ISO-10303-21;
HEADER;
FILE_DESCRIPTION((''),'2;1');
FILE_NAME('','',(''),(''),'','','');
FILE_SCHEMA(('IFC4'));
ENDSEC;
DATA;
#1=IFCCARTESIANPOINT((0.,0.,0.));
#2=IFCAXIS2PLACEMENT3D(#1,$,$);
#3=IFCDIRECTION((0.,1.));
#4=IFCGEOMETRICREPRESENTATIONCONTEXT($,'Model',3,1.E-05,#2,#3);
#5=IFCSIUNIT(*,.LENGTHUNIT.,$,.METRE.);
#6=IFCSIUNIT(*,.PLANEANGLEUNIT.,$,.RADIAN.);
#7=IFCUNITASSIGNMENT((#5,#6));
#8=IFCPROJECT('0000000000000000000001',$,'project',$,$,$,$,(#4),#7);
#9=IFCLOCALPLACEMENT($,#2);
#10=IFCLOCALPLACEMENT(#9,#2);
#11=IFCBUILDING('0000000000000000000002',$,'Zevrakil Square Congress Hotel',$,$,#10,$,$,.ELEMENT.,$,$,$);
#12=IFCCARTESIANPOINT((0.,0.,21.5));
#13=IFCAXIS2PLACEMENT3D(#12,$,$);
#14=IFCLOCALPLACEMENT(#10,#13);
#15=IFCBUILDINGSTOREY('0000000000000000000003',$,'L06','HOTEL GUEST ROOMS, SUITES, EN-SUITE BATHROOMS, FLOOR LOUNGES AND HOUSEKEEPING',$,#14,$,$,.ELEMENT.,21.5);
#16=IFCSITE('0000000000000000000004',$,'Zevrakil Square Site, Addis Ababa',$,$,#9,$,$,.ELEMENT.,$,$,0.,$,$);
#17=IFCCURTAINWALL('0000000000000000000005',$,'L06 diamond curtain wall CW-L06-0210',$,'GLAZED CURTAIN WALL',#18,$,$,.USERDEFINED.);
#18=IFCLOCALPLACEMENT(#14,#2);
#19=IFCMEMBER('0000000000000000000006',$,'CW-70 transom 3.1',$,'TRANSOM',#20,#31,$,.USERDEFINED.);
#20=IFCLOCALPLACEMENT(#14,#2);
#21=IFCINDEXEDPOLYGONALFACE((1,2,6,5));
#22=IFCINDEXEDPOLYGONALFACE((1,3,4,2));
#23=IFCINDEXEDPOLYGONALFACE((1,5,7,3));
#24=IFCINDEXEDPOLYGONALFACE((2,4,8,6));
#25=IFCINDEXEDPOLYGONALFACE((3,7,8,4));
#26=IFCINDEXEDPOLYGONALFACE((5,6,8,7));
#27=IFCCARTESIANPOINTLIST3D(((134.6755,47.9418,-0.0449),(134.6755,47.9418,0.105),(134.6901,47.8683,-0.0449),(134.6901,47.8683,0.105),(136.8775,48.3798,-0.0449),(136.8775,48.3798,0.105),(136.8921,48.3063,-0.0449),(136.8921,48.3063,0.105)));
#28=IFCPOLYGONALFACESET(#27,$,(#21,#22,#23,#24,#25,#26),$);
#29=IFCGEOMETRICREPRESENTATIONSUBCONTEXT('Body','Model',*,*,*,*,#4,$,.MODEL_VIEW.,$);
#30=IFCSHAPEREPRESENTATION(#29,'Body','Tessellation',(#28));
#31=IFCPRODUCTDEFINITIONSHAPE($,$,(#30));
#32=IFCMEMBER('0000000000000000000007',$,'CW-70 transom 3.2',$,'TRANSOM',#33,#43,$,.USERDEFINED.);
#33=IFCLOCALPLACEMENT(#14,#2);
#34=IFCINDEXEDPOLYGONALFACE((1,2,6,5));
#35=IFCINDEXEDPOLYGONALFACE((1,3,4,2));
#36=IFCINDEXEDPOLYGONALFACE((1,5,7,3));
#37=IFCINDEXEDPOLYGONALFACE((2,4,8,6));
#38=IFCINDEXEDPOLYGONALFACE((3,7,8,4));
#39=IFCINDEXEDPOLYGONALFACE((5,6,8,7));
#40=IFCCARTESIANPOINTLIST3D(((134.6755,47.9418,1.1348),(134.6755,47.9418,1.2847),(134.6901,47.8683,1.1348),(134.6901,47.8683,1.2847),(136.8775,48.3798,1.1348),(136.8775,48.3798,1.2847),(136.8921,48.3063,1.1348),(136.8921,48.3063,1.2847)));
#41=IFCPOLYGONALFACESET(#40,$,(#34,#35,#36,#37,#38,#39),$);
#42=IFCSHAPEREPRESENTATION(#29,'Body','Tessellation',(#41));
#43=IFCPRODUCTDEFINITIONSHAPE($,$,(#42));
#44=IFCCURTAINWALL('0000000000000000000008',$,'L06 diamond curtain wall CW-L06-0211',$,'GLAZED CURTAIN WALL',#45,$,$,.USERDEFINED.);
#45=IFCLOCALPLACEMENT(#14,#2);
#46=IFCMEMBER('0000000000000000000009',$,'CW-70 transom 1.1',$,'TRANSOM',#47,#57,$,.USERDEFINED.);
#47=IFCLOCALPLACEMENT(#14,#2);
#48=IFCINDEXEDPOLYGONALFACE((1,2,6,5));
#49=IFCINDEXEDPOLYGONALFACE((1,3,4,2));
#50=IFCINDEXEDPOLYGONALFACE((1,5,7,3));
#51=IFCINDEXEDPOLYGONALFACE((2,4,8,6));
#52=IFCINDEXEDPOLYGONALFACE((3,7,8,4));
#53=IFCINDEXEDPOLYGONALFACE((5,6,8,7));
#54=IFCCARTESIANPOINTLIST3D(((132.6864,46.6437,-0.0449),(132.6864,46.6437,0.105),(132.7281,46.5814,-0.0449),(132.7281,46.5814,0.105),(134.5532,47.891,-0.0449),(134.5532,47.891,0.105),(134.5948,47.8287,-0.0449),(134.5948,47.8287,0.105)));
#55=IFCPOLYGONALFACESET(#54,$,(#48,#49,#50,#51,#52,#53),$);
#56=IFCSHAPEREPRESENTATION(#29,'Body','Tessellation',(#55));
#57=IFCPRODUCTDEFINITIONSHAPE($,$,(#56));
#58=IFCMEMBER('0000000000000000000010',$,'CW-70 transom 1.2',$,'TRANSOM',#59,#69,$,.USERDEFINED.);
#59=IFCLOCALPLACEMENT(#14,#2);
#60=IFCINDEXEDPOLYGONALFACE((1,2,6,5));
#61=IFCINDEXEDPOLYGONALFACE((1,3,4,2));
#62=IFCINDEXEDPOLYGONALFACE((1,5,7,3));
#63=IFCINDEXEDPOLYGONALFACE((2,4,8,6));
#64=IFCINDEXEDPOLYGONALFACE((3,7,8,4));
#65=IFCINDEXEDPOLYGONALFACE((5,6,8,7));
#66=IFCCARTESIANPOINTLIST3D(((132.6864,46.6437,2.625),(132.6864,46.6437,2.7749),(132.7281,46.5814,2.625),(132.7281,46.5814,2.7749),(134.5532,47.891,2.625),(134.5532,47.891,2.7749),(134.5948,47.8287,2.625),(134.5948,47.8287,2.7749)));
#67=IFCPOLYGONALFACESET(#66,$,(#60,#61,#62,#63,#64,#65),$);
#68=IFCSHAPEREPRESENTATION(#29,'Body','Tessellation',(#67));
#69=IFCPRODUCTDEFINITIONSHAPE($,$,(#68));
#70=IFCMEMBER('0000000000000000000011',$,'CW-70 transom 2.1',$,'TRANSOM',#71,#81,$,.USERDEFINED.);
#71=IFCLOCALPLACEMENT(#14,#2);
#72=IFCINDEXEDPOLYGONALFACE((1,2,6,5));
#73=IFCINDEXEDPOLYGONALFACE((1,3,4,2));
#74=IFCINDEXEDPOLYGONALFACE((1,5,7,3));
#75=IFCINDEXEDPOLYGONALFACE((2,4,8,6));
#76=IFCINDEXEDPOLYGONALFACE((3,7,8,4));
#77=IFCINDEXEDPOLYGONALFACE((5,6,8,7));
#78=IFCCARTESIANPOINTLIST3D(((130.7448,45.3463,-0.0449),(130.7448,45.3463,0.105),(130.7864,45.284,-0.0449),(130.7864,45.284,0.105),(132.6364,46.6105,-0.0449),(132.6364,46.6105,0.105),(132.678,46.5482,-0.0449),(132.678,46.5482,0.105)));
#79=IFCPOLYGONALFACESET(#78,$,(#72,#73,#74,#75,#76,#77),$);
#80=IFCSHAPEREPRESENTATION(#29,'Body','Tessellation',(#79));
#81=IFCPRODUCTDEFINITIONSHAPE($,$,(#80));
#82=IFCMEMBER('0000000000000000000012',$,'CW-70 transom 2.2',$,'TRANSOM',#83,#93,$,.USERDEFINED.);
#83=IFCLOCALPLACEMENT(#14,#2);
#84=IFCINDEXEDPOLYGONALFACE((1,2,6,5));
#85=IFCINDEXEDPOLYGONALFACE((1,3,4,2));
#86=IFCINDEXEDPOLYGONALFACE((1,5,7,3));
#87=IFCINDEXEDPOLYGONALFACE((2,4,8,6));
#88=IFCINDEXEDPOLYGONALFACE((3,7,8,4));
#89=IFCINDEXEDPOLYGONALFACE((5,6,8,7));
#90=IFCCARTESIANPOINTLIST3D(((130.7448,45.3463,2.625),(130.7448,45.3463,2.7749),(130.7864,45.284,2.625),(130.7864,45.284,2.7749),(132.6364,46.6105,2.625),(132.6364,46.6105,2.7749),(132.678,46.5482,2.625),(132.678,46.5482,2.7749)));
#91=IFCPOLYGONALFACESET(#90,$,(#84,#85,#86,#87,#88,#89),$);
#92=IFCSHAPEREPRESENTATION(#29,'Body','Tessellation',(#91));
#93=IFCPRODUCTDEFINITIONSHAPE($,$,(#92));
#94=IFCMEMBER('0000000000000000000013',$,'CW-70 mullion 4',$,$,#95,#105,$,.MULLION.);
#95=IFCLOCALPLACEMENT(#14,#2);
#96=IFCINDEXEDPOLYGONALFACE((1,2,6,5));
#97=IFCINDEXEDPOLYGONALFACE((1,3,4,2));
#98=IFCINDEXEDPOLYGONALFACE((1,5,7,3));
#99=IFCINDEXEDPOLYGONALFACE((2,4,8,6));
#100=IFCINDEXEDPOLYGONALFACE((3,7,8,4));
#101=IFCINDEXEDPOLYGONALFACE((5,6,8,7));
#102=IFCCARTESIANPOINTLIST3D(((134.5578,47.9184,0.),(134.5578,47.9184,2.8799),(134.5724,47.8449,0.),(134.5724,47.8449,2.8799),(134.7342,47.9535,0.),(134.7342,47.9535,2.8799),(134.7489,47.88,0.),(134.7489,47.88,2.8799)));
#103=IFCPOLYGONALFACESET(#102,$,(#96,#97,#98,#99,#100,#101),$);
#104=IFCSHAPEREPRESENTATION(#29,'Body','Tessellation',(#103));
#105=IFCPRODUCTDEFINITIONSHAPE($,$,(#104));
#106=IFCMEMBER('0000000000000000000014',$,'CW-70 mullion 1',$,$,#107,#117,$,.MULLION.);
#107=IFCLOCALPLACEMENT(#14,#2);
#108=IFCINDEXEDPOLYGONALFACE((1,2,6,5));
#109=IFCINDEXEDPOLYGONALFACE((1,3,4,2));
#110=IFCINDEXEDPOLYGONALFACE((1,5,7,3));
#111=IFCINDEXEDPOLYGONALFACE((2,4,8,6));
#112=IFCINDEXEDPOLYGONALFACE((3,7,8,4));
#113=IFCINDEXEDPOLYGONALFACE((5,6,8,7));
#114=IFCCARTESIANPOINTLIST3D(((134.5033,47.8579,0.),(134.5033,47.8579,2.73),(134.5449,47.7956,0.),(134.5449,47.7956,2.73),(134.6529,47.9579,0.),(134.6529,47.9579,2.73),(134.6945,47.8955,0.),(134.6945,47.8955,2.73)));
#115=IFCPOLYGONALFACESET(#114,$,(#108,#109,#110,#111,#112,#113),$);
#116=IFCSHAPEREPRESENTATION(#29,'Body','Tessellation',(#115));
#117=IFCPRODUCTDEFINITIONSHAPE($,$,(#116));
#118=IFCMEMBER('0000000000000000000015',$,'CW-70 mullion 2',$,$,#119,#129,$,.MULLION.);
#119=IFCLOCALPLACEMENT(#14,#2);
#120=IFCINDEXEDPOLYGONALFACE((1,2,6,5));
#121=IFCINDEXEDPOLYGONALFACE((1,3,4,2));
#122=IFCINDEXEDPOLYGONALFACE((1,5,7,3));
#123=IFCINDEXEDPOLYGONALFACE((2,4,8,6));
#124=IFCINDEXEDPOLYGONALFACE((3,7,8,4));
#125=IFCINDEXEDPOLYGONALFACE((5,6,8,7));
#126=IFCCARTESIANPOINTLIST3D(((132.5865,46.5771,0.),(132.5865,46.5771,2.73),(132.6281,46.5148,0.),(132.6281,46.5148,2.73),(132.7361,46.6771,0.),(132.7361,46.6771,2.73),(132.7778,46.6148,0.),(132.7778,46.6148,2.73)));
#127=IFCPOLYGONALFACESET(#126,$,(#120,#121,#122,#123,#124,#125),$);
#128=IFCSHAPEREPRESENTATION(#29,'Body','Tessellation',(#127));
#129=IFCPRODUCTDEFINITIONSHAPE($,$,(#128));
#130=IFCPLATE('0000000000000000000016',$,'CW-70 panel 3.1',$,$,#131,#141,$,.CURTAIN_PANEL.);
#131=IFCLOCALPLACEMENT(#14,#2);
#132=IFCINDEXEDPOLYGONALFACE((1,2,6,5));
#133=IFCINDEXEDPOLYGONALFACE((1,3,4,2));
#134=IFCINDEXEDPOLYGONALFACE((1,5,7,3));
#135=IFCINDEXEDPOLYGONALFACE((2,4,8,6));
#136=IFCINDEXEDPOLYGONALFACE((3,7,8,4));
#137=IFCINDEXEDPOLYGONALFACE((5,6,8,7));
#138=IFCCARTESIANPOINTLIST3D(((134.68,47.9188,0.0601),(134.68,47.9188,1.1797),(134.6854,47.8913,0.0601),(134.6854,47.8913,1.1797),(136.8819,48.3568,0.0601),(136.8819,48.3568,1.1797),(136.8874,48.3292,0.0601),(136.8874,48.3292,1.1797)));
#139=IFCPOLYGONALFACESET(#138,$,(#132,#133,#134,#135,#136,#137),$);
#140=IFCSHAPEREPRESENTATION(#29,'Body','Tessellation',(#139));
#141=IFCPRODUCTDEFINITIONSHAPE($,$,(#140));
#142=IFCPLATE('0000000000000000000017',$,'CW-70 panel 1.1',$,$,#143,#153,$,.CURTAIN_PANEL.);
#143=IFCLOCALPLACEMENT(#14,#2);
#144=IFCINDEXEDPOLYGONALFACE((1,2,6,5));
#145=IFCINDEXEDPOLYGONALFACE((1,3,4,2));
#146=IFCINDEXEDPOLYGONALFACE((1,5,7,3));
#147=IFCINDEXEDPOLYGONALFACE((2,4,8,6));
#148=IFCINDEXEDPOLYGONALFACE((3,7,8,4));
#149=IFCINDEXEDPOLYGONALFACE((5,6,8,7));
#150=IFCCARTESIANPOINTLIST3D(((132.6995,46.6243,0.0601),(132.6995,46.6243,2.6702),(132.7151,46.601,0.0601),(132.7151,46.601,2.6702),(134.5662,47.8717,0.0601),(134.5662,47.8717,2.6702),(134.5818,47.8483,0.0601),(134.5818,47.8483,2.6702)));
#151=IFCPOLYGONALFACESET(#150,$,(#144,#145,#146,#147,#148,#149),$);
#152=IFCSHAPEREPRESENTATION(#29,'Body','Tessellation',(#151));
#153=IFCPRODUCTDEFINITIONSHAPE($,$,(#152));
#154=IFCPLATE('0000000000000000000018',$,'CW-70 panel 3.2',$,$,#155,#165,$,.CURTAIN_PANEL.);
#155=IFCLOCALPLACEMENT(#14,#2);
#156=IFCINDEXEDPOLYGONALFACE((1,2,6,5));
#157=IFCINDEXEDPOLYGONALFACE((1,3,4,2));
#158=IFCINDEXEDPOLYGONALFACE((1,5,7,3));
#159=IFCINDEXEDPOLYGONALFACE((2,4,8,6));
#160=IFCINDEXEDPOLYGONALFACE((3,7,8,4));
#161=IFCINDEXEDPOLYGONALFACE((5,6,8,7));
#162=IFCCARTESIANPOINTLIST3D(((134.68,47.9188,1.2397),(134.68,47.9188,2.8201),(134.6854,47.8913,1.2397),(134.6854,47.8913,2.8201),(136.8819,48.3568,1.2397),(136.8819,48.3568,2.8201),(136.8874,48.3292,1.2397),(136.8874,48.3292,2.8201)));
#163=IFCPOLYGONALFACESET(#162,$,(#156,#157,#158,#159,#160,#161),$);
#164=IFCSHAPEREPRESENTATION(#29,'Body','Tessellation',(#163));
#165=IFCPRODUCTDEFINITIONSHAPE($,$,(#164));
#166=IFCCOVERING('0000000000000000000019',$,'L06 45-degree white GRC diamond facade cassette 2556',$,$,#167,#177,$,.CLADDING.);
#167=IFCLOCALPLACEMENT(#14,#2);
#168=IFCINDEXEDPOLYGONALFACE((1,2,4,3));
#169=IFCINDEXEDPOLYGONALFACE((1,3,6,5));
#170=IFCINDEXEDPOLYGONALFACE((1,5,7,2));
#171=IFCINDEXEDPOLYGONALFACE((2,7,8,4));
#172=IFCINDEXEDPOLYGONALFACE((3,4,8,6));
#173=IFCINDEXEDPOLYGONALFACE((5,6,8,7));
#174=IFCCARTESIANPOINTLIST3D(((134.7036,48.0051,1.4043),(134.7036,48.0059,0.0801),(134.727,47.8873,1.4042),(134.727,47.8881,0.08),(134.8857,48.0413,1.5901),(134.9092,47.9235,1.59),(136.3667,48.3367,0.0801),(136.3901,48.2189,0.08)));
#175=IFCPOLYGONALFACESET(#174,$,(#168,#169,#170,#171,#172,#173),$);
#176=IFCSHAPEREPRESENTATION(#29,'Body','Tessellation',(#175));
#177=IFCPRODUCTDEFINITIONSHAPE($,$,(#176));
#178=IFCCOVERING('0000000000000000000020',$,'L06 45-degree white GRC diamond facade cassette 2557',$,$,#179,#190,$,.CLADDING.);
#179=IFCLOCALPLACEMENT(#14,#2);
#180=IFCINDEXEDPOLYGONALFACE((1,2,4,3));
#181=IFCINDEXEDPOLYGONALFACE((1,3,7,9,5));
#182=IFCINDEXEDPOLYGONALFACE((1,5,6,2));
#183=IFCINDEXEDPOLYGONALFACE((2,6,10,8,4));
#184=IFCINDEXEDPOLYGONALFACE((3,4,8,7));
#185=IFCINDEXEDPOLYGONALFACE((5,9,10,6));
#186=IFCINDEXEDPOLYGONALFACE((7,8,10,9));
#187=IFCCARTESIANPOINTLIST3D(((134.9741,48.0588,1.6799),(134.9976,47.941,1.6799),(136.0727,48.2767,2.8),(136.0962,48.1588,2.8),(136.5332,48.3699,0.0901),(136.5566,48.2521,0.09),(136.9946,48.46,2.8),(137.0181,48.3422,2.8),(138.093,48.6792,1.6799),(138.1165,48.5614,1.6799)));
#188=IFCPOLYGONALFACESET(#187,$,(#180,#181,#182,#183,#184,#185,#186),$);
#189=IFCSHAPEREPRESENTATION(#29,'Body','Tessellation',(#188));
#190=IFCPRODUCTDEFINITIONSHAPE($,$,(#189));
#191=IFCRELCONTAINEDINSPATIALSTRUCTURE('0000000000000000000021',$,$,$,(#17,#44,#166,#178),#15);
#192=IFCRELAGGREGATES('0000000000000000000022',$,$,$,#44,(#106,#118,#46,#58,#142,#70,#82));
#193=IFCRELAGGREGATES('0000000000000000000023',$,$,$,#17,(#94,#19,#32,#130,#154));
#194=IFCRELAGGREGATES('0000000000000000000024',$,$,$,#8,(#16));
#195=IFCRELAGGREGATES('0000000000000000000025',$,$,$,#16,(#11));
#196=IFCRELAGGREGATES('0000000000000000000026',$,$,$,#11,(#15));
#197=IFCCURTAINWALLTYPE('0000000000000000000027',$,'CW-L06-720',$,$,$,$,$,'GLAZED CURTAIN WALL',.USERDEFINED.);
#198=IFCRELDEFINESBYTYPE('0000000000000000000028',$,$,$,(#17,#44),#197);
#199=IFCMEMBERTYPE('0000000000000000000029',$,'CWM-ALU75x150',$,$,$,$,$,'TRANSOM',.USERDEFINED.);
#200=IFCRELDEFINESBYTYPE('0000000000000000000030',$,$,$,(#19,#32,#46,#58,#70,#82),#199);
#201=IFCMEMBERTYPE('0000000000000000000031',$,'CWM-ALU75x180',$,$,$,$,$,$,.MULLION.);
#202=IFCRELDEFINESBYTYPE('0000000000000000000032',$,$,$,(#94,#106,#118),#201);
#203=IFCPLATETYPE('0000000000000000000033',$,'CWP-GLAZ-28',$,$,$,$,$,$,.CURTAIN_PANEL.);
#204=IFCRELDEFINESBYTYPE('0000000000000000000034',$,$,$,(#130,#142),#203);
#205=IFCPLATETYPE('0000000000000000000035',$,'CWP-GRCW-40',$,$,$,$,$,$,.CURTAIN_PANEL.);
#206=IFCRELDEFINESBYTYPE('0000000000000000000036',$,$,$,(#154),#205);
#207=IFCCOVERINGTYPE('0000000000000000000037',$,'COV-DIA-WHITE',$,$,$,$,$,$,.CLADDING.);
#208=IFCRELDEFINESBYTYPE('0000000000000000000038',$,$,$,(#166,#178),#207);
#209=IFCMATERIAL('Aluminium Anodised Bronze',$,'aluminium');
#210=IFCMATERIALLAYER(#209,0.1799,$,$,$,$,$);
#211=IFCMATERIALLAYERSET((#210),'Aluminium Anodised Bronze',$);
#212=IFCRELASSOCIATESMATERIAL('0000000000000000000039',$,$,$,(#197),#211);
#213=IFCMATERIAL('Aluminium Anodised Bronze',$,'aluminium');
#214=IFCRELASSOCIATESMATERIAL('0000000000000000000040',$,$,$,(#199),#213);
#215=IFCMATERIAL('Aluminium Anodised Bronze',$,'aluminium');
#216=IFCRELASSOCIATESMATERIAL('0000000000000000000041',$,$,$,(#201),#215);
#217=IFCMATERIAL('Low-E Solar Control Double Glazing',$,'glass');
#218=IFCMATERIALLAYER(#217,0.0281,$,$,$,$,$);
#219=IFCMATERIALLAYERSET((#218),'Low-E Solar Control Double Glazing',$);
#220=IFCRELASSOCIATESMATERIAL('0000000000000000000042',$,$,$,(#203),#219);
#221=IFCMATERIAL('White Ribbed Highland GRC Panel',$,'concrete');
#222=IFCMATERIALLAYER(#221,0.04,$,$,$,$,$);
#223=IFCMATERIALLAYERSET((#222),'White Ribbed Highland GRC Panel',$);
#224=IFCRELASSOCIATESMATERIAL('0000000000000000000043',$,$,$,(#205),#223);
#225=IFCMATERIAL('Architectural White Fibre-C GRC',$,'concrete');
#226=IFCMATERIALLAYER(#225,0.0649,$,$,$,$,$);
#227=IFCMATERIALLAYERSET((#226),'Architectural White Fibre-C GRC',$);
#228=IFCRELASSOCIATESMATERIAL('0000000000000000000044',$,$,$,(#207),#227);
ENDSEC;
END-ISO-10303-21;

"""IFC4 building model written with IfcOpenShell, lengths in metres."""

from ifc_helpers import new_model, si_unit, direction, frame, origin, origin_2d, place, context, subcontext, project, spatial, polyline, rectangle, outline, extrude, material, layer, layer_set, material_profile, profile_set, type_object, element, aggregate, save


model = new_model("IFC4")

# Units and contexts
model_context = context("Model", 3, precision=1e-05, world=origin(), true_north=direction((0.0, 1.0)))
body_context = subcontext(model_context, "Body", "Model", "MODEL_VIEW")
ifc_project = project(units=[si_unit("LENGTHUNIT", "METRE"), si_unit("PLANEANGLEUNIT", "RADIAN")], contexts=[model_context])

# Site, building, storey
site_placement = place(None, origin())
site = spatial("IfcSite", under=ifc_project, at=site_placement, Name="Zevrakil Square Site, Addis Ababa", CompositionType="ELEMENT", RefElevation=0.0)
building_placement = place(site_placement, origin())
building = spatial("IfcBuilding", under=site, at=building_placement, Name="Zevrakil Square Congress Hotel", CompositionType="ELEMENT")
storey_placement = place(building_placement, frame((0.0, 0.0, 21.5)))
storey = spatial("IfcBuildingStorey", under=building, at=storey_placement, Name="L06", Description="HOTEL GUEST ROOMS, SUITES, EN-SUITE BATHROOMS, FLOOR LOUNGES AND HOUSEKEEPING", CompositionType="ELEMENT", Elevation=21.5)

# Curtain walls, members
ifc_material_1 = material(Name="Aluminium Anodised Bronze", Category="aluminium")
ifc_layer_1 = layer(ifc_material_1, 0.1799)
ifc_layer_set_1 = layer_set([ifc_layer_1], Name="Aluminium Anodised Bronze")
curtain_wall_type = type_object("IfcCurtainWallType", Name="CW-L06-720", ElementType="GLAZED CURTAIN WALL", PredefinedType="USERDEFINED", material=ifc_layer_set_1)
curtain_wall_1_placement = place(storey_placement, origin())
curtain_wall_1 = element("IfcCurtainWall", 1, at=curtain_wall_1_placement, inside=storey, type_object=curtain_wall_type, Name="L06 diamond curtain wall CW-L06-0210", ObjectType="GLAZED CURTAIN WALL", PredefinedType="USERDEFINED")
ifc_material_2 = material(Name="Aluminium Anodised Bronze", Category="aluminium")
ifc_material_profile_1 = material_profile(ifc_material_2, rectangle(XDim=0.075, YDim=0.1499, at=origin_2d()), Name="ALU 75x150")
ifc_profile_set_1 = profile_set([ifc_material_profile_1], Name="Aluminium Anodised Bronze")
member_type_1 = type_object("IfcMemberType", Name="CWM-ALU75x150", ElementType="TRANSOM", PredefinedType="USERDEFINED", material=ifc_profile_set_1)
member_1_placement = place(storey_placement, frame((136.8848, 48.343, 0.03), z_axis=(-0.980785, -0.195091, 0.0), x_axis=(0.195091, -0.980785, 0.0)))
member_1 = element("IfcMember", 2, at=member_1_placement, type_object=member_type_1, Name="CW-70 transom 3.1", ObjectType="TRANSOM", PredefinedType="USERDEFINED", context=body_context, shape_type="SweptSolid", body=[
    extrude(rectangle(XDim=0.075, YDim=0.1499, at=origin_2d()), origin(), (0.0, 0.0, 1.0), 2.2451),
])
member_2_placement = place(storey_placement, frame((136.8848, 48.343, 1.2097), z_axis=(-0.980785, -0.195091, 0.0), x_axis=(0.195091, -0.980785, 0.0)))
member_2 = element("IfcMember", 3, at=member_2_placement, type_object=member_type_1, Name="CW-70 transom 3.2", ObjectType="TRANSOM", PredefinedType="USERDEFINED", context=body_context, shape_type="SweptSolid", body=[
    extrude(rectangle(XDim=0.075, YDim=0.1499, at=origin_2d()), origin(), (0.0, 0.0, 1.0), 2.2451),
])
curtain_wall_2_placement = place(storey_placement, origin())
curtain_wall_2 = element("IfcCurtainWall", 4, at=curtain_wall_2_placement, inside=storey, type_object=curtain_wall_type, Name="L06 diamond curtain wall CW-L06-0211", ObjectType="GLAZED CURTAIN WALL", PredefinedType="USERDEFINED")
member_3_placement = place(storey_placement, frame((134.574, 47.8599, 0.03), z_axis=(-0.831464, -0.555578, 0.0), x_axis=(0.555578, -0.831464, 0.0)))
member_3 = element("IfcMember", 5, at=member_3_placement, type_object=member_type_1, Name="CW-70 transom 1.1", ObjectType="TRANSOM", PredefinedType="USERDEFINED", context=body_context, shape_type="SweptSolid", body=[
    extrude(rectangle(XDim=0.075, YDim=0.1499, at=origin_2d()), origin(), (0.0, 0.0, 1.0), 2.2451),
])
member_4_placement = place(storey_placement, frame((134.574, 47.8599, 2.7), z_axis=(-0.831464, -0.555578, 0.0), x_axis=(0.555578, -0.831464, 0.0)))
member_4 = element("IfcMember", 6, at=member_4_placement, type_object=member_type_1, Name="CW-70 transom 1.2", ObjectType="TRANSOM", PredefinedType="USERDEFINED", context=body_context, shape_type="SweptSolid", body=[
    extrude(rectangle(XDim=0.075, YDim=0.1499, at=origin_2d()), origin(), (0.0, 0.0, 1.0), 2.2451),
])
member_5_placement = place(storey_placement, frame((132.6572, 46.5793, 0.03), z_axis=(-0.831422, -0.555641, 0.0), x_axis=(0.555641, -0.831422, 0.0)))
member_5 = element("IfcMember", 7, at=member_5_placement, type_object=member_type_1, Name="CW-70 transom 2.1", ObjectType="TRANSOM", PredefinedType="USERDEFINED", context=body_context, shape_type="SweptSolid", body=[
    extrude(rectangle(XDim=0.075, YDim=0.1499, at=origin_2d()), origin(), (0.0, 0.0, 1.0), 2.2751),
])
member_6_placement = place(storey_placement, frame((132.6572, 46.5793, 2.7), z_axis=(-0.831422, -0.555641, 0.0), x_axis=(0.555641, -0.831422, 0.0)))
member_6 = element("IfcMember", 8, at=member_6_placement, type_object=member_type_1, Name="CW-70 transom 2.2", ObjectType="TRANSOM", PredefinedType="USERDEFINED", context=body_context, shape_type="SweptSolid", body=[
    extrude(rectangle(XDim=0.075, YDim=0.1499, at=origin_2d()), origin(), (0.0, 0.0, 1.0), 2.2751),
])

# Members
ifc_material_3 = material(Name="Aluminium Anodised Bronze", Category="aluminium")
ifc_material_profile_2 = material_profile(ifc_material_3, rectangle(XDim=0.075, YDim=0.1799, at=origin_2d()), Name="ALU 75x180")
ifc_profile_set_2 = profile_set([ifc_material_profile_2], Name="Aluminium Anodised Bronze")
member_type_2 = type_object("IfcMemberType", Name="CWM-ALU75x180", PredefinedType="MULLION", material=ifc_profile_set_2)
member_7_placement = place(storey_placement, frame((134.6533, 47.8992, 0.0), z_axis=(0.0, 0.0, 1.0), x_axis=(0.195084, -0.980787, 0.0)))
member_7 = element("IfcMember", 9, at=member_7_placement, type_object=member_type_2, Name="CW-70 mullion 4", PredefinedType="MULLION", context=body_context, shape_type="SweptSolid", body=[
    extrude(rectangle(XDim=0.075, YDim=0.1799, at=origin_2d()), origin(), (0.0, 0.0, 1.0), 2.8799),
])
member_8_placement = place(storey_placement, frame((134.5989, 47.8767, 0.0), z_axis=(0.0, 0.0, 1.0), x_axis=(0.555576, -0.831466, 0.0)))
member_8 = element("IfcMember", 10, at=member_8_placement, type_object=member_type_2, Name="CW-70 mullion 1", PredefinedType="MULLION", context=body_context, shape_type="SweptSolid", body=[
    extrude(rectangle(XDim=0.075, YDim=0.1799, at=origin_2d()), origin(), (0.0, 0.0, 1.0), 2.73),
])
member_9_placement = place(storey_placement, frame((132.6821, 46.5959, 0.0), z_axis=(0.0, 0.0, 1.0), x_axis=(0.555576, -0.831466, 0.0)))
member_9 = element("IfcMember", 11, at=member_9_placement, type_object=member_type_2, Name="CW-70 mullion 2", PredefinedType="MULLION", context=body_context, shape_type="SweptSolid", body=[
    extrude(rectangle(XDim=0.075, YDim=0.1799, at=origin_2d()), origin(), (0.0, 0.0, 1.0), 2.73),
])

# Plates
ifc_material_4 = material(Name="Low-E Solar Control Double Glazing", Category="glass")
ifc_layer_2 = layer(ifc_material_4, 0.0281)
ifc_layer_set_2 = layer_set([ifc_layer_2], Name="Low-E Solar Control Double Glazing")
plate_type_1 = type_object("IfcPlateType", Name="CWP-GLAZ-28", PredefinedType="CURTAIN_PANEL", material=ifc_layer_set_2)
plate_1_placement = place(storey_placement, frame((135.7837, 48.124, 0.0601), z_axis=(0.0, 0.0, 1.0), x_axis=(-0.980787, -0.195084, 0.0)))
plate_1 = element("IfcPlate", 12, at=plate_1_placement, type_object=plate_type_1, Name="CW-70 panel 3.1", PredefinedType="CURTAIN_PANEL", context=body_context, shape_type="SweptSolid", body=[
    extrude(rectangle(XDim=2.2451, YDim=0.0281, at=origin_2d()), origin(), (0.0, 0.0, 1.0), 1.1196),
])
plate_2_placement = place(storey_placement, frame((133.6406, 47.2363, 0.0601), z_axis=(0.0, 0.0, 1.0), x_axis=(-0.831466, -0.555576, 0.0)))
plate_2 = element("IfcPlate", 13, at=plate_2_placement, type_object=plate_type_1, Name="CW-70 panel 1.1", PredefinedType="CURTAIN_PANEL", context=body_context, shape_type="SweptSolid", body=[
    extrude(rectangle(XDim=2.2451, YDim=0.0281, at=origin_2d()), origin(), (0.0, 0.0, 1.0), 2.6101),
])
aggregate(curtain_wall_2, [member_8, member_9, member_3, member_4, plate_2, member_5, member_6])
ifc_material_5 = material(Name="White Ribbed Highland GRC Panel", Category="concrete")
ifc_layer_3 = layer(ifc_material_5, 0.04)
ifc_layer_set_3 = layer_set([ifc_layer_3], Name="White Ribbed Highland GRC Panel")
plate_type_2 = type_object("IfcPlateType", Name="CWP-GRCW-40", PredefinedType="CURTAIN_PANEL", material=ifc_layer_set_3)
plate_3_placement = place(storey_placement, frame((135.7837, 48.124, 1.2397), z_axis=(0.0, 0.0, 1.0), x_axis=(-0.980787, -0.195084, 0.0)))
plate_3 = element("IfcPlate", 14, at=plate_3_placement, type_object=plate_type_2, Name="CW-70 panel 3.2", PredefinedType="CURTAIN_PANEL", context=body_context, shape_type="SweptSolid", body=[
    extrude(rectangle(XDim=2.2451, YDim=0.0281, at=origin_2d()), origin(), (0.0, 0.0, 1.0), 1.5803),
])
aggregate(curtain_wall_1, [member_7, member_1, member_2, plate_1, plate_3])

# Coverings
ifc_material_6 = material(Name="Architectural White Fibre-C GRC", Category="concrete")
ifc_layer_4 = layer(ifc_material_6, 0.0649)
ifc_layer_set_4 = layer_set([ifc_layer_4], Name="Architectural White Fibre-C GRC")
covering_type_1 = type_object("IfcCoveringType", Name="COV-DIA-WHITE", PredefinedType="CLADDING", material=ifc_layer_set_4)
covering_1_placement = place(storey_placement, frame((134.8857, 48.0413, 1.5901), z_axis=(-0.195095, 0.980784, 0.000538), x_axis=(-0.693383, -0.137538, -0.707321)))
element("IfcCovering", 15, at=covering_1_placement, inside=storey, type_object=covering_type_1, Name="L06 45-degree white GRC diamond facade cassette 2556", PredefinedType="CLADDING", context=body_context, shape_type="SweptSolid", body=[
    extrude(outline(polyline([(0.0, 0.0), (0.2627, 0.0), (1.1992, -0.9362), (0.0006, -2.1356), (0.0, 0.0)])), origin(), (0.0, 0.0, -1.0), 0.1201),
])
covering_2_placement = place(storey_placement, frame((134.9741, 48.0588, 1.6799), z_axis=(-0.195081, 0.980787, 0.000615), x_axis=(0.693428, 0.138368, -0.707115)))
element("IfcCovering", 16, at=covering_2_placement, inside=storey, type_object=covering_type_1, Name="L06 45-degree white GRC diamond facade cassette 2557", PredefinedType="CLADDING", context=body_context, shape_type="SweptSolid", body=[
    extrude(outline(polyline([(0.0, 0.0), (2.2484, 0.0), (2.2486, -2.2486), (0.6645, -2.2486), (-0.0001, -1.584), (0.0, 0.0)])), origin(), (0.0, 0.0, -1.0), 0.1201),
])

save(model, "model.ifc")
